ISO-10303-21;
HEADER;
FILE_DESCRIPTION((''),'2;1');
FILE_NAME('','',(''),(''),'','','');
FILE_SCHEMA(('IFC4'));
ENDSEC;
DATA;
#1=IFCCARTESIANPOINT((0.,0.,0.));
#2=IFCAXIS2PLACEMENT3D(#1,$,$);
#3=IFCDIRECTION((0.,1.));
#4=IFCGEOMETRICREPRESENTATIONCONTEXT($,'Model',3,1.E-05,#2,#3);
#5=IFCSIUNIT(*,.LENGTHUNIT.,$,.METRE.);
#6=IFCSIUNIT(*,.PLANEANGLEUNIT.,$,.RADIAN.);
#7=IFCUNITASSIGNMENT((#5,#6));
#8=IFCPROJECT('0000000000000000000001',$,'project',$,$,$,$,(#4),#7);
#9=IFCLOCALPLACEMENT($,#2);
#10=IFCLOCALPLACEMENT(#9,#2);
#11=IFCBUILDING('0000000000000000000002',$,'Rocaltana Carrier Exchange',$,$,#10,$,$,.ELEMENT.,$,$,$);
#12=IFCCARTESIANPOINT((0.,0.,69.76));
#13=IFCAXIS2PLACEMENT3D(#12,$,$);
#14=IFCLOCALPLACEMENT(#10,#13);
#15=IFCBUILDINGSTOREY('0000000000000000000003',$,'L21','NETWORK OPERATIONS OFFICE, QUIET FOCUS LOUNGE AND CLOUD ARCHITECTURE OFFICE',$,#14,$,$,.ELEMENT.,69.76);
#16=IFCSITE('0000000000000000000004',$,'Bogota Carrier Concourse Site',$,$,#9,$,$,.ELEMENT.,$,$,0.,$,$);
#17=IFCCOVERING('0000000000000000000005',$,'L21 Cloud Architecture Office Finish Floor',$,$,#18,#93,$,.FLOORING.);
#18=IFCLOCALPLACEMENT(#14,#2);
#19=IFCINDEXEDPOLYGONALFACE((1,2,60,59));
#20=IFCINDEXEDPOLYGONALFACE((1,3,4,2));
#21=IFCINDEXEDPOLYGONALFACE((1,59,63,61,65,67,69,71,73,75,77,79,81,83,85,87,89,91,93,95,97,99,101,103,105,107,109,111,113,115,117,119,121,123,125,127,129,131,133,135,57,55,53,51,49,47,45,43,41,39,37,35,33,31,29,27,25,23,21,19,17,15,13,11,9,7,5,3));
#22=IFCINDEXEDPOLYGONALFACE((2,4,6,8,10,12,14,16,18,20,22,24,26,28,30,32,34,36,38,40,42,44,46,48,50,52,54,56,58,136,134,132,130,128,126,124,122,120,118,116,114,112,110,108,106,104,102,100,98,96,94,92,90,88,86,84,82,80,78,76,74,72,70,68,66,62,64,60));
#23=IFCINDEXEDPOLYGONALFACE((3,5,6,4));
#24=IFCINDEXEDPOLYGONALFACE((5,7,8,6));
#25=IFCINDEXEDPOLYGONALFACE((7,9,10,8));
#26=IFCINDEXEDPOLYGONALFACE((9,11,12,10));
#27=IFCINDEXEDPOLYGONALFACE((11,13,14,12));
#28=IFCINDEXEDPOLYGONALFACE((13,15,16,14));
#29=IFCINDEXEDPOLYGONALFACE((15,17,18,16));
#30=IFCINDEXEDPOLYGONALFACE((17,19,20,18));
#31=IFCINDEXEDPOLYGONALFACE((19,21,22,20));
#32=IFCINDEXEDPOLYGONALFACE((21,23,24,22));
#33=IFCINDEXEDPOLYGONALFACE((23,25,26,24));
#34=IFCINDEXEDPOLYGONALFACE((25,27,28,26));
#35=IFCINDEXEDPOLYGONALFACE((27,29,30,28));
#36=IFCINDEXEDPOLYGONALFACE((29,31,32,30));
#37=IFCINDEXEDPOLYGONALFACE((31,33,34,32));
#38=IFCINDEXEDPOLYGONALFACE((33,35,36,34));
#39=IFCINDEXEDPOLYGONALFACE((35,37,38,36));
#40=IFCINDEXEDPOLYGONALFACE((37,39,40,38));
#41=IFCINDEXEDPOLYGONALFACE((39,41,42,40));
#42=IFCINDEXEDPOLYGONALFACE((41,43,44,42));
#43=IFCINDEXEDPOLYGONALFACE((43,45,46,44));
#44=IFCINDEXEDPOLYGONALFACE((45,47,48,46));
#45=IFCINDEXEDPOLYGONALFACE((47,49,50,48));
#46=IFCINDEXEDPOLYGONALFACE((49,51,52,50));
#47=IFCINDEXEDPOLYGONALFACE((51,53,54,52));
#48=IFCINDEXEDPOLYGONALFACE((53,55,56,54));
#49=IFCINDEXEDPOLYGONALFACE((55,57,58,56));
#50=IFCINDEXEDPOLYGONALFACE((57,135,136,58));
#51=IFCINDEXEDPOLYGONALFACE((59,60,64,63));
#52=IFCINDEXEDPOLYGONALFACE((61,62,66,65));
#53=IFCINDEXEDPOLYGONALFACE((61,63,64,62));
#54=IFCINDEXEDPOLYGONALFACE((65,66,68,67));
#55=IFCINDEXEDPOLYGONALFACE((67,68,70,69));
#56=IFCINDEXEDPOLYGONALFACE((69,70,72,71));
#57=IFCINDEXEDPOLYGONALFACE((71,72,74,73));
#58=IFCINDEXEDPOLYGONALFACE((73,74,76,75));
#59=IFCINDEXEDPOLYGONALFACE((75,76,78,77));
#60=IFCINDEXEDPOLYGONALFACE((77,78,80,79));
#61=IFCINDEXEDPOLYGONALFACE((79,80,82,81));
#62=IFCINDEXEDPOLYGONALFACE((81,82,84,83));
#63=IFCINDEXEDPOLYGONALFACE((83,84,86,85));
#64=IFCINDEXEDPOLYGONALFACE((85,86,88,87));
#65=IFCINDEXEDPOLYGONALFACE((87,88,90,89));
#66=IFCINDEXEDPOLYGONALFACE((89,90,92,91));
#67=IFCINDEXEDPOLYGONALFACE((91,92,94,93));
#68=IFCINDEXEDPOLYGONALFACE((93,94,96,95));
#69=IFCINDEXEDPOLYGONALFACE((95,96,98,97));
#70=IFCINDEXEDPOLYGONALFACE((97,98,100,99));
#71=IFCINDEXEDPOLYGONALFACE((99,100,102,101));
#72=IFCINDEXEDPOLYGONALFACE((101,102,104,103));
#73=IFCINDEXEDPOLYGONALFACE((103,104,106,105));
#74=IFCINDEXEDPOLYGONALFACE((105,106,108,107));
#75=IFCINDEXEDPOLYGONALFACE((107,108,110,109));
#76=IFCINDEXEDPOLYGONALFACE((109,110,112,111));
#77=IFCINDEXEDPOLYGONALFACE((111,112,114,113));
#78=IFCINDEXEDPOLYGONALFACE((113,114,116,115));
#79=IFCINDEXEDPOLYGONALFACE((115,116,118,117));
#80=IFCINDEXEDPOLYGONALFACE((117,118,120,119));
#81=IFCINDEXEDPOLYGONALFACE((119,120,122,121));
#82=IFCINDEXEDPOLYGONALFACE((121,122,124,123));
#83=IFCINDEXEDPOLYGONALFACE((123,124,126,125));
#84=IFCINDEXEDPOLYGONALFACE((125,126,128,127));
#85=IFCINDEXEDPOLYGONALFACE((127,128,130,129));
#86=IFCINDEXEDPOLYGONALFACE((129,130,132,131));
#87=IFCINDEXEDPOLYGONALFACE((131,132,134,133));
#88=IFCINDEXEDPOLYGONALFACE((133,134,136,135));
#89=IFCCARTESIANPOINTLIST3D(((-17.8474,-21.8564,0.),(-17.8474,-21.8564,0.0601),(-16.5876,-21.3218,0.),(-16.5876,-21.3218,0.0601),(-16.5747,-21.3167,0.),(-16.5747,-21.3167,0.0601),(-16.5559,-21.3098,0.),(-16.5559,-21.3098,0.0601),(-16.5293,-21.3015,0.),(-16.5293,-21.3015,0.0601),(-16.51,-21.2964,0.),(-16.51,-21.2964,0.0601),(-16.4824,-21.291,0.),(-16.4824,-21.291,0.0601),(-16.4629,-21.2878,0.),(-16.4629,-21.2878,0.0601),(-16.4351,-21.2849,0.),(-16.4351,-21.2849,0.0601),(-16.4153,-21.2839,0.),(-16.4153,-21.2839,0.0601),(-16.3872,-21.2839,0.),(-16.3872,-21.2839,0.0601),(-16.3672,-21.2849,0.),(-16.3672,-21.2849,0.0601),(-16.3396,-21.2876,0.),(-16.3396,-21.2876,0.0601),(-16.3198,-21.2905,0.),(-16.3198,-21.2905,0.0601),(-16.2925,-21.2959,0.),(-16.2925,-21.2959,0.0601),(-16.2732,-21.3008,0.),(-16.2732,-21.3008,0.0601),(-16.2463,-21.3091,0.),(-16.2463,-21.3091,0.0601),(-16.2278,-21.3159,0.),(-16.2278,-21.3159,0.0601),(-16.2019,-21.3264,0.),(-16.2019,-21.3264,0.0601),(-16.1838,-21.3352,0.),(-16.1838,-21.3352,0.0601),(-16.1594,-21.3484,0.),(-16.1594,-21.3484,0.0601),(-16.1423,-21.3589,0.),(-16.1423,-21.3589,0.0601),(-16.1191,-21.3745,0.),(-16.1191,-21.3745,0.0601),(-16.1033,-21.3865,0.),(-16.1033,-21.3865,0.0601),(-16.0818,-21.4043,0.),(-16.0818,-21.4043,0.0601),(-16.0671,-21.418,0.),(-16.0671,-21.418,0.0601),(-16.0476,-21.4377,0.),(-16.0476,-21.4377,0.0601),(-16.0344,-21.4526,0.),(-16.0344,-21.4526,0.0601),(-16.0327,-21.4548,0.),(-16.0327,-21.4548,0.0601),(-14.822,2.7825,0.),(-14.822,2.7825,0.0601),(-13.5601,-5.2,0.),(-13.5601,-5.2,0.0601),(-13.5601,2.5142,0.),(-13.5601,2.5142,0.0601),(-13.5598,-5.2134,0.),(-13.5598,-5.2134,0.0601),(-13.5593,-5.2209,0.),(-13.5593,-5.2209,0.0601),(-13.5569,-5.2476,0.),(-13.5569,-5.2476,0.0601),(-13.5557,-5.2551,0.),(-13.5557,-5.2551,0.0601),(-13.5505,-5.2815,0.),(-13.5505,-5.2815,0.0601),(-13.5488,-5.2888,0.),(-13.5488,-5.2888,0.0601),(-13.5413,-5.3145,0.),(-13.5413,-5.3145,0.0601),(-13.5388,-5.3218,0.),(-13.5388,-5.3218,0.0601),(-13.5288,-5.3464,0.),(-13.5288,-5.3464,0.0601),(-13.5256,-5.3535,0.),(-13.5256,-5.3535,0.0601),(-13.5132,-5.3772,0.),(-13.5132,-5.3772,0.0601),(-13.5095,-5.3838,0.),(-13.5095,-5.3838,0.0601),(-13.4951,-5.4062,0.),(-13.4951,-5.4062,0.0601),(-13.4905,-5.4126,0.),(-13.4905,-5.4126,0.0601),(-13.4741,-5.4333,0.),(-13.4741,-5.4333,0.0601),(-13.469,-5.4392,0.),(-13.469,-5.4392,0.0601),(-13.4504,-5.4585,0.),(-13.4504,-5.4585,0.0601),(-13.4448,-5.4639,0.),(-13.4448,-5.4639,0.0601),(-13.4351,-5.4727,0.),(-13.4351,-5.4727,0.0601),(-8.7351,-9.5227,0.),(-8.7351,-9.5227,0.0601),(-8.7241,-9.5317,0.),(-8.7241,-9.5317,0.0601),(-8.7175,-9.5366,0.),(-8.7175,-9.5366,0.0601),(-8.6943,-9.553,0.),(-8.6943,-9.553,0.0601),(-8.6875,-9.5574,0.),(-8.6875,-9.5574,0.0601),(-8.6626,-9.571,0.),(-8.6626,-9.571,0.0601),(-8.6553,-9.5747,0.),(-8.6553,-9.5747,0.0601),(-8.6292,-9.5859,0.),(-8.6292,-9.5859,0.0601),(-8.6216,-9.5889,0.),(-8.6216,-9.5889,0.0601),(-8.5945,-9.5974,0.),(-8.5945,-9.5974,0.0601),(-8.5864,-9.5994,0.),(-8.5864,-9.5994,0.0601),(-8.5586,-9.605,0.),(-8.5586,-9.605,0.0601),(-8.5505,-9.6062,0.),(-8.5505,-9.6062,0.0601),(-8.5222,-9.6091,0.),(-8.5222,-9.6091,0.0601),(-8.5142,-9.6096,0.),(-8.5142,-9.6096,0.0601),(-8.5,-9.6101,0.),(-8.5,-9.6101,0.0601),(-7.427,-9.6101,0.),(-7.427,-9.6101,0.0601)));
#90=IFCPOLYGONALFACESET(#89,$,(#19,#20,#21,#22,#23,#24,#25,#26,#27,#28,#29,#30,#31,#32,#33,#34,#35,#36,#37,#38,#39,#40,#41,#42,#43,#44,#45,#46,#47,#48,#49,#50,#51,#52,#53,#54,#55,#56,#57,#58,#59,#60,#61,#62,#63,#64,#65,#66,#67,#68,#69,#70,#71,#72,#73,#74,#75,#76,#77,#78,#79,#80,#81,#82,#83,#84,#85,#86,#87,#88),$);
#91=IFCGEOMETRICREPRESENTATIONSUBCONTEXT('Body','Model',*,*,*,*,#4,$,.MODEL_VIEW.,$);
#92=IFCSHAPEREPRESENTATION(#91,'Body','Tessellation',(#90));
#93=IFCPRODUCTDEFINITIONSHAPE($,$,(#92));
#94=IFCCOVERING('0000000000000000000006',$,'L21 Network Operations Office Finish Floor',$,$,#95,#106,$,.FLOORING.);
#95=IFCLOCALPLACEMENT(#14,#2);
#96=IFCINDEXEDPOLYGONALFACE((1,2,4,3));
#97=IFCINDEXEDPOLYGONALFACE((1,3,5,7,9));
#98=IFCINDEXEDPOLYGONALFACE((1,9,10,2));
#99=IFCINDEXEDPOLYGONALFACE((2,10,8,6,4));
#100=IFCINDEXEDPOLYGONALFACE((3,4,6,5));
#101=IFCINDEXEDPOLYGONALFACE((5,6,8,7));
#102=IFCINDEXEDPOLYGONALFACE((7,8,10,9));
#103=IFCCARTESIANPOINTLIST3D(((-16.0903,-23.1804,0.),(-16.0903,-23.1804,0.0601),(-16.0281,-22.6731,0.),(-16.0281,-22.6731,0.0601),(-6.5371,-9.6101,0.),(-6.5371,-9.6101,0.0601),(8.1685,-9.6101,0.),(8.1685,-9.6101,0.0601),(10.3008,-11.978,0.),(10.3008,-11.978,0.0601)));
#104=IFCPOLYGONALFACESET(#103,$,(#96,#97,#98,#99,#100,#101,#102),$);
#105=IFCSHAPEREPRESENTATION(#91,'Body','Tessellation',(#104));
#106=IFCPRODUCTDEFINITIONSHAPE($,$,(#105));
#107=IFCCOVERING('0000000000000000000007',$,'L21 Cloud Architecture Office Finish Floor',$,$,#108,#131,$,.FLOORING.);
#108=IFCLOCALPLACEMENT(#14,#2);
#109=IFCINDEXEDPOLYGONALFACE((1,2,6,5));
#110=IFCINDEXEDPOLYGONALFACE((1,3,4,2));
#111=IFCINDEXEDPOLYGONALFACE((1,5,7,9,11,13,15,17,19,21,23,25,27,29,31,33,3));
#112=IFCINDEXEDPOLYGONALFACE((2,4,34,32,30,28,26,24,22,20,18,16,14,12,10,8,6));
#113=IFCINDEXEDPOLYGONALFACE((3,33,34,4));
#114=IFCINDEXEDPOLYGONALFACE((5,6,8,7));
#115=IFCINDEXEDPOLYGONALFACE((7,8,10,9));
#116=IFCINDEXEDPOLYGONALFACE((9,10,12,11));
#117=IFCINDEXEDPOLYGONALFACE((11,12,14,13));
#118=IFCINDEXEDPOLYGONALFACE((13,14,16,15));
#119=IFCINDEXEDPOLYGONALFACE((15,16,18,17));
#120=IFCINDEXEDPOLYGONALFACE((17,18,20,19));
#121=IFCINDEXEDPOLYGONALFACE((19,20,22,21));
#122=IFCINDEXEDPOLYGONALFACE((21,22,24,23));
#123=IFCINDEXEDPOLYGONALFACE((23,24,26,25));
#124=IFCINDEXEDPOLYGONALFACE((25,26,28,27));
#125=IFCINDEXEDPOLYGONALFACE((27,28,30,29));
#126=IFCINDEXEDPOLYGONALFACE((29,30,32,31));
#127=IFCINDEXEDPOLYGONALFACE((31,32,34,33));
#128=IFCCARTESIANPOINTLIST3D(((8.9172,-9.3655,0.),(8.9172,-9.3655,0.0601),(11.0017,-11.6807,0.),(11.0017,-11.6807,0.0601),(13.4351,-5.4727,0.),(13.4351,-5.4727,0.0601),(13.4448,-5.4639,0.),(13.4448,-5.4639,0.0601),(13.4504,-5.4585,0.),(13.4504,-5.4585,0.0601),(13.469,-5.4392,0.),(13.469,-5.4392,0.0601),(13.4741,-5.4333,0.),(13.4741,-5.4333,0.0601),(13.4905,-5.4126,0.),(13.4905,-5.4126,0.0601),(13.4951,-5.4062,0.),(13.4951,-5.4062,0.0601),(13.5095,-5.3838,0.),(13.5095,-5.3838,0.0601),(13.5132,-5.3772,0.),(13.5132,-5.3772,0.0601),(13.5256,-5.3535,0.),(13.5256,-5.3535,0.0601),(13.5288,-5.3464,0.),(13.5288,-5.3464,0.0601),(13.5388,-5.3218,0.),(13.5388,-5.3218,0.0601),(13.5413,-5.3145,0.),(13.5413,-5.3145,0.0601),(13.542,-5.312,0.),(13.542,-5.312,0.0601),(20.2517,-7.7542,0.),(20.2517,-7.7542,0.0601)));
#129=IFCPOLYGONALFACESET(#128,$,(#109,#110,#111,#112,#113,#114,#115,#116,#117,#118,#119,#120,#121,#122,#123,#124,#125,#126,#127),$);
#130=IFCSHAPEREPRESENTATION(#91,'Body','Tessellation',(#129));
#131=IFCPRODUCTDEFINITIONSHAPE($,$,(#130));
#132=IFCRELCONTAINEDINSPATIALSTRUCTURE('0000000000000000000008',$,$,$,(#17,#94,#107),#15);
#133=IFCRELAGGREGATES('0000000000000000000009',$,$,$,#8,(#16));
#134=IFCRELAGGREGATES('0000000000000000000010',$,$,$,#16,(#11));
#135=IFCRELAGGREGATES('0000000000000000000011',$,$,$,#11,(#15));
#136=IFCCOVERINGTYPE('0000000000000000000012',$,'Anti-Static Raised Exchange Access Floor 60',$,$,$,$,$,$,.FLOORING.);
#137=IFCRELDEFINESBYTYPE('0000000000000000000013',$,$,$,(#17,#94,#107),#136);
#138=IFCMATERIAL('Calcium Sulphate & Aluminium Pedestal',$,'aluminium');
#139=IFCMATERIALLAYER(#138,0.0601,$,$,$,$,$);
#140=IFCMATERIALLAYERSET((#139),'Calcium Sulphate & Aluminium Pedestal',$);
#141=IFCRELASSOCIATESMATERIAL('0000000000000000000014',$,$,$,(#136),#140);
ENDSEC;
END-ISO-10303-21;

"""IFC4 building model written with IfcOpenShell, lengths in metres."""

from ifc_helpers import new_model, si_unit, direction, frame, origin, place, context, subcontext, project, spatial, polyline, outline, extrude, material, layer, layer_set, type_object, element, save


model = new_model("IFC4")

# Units and contexts
model_context = context("Model", 3, precision=1e-05, world=origin(), true_north=direction((0.0, 1.0)))
body_context = subcontext(model_context, "Body", "Model", "MODEL_VIEW")
ifc_project = project(units=[si_unit("LENGTHUNIT", "METRE"), si_unit("PLANEANGLEUNIT", "RADIAN")], contexts=[model_context])

# Site, building, storey
site_placement = place(None, origin())
site = spatial("IfcSite", under=ifc_project, at=site_placement, Name="Bogota Carrier Concourse Site", CompositionType="ELEMENT", RefElevation=0.0)
building_placement = place(site_placement, origin())
building = spatial("IfcBuilding", under=site, at=building_placement, Name="Rocaltana Carrier Exchange", CompositionType="ELEMENT")
storey_placement = place(building_placement, frame((0.0, 0.0, 69.76)))
storey = spatial("IfcBuildingStorey", under=building, at=storey_placement, Name="L21", Description="NETWORK OPERATIONS OFFICE, QUIET FOCUS LOUNGE AND CLOUD ARCHITECTURE OFFICE", CompositionType="ELEMENT", Elevation=69.76)

# Coverings
ifc_material_1 = material(Name="Calcium Sulphate & Aluminium Pedestal", Category="aluminium")
ifc_layer_1 = layer(ifc_material_1, 0.0601)
ifc_layer_set_1 = layer_set([ifc_layer_1], Name="Calcium Sulphate & Aluminium Pedestal")
covering_type_1 = type_object("IfcCoveringType", Name="Anti-Static Raised Exchange Access Floor 60", PredefinedType="FLOORING", material=ifc_layer_set_1)
covering_1_placement = place(storey_placement, origin())
element("IfcCovering", 1, at=covering_1_placement, inside=storey, type_object=covering_type_1, Name="L21 Cloud Architecture Office Finish Floor", PredefinedType="FLOORING", context=body_context, shape_type="SweptSolid", body=[
    extrude(outline(polyline([(-16.0327, -21.4548), (-16.0344, -21.4526), (-16.0476, -21.4377), (-16.0671, -21.418), (-16.0818, -21.4043), (-16.1033, -21.3865), (-16.1191, -21.3745), (-16.1423, -21.3589), (-16.1594, -21.3484), (-16.1838, -21.3352), (-16.2019, -21.3264), (-16.2278, -21.3159), (-16.2463, -21.3091), (-16.2732, -21.3008), (-16.2925, -21.2959), (-16.3198, -21.2905), (-16.3396, -21.2876), (-16.3672, -21.2849), (-16.3872, -21.2839), (-16.4153, -21.2839), (-16.4351, -21.2849), (-16.4629, -21.2878), (-16.4824, -21.291), (-16.51, -21.2964), (-16.5293, -21.3015), (-16.5559, -21.3098), (-16.5747, -21.3167), (-16.5876, -21.3218), (-17.8474, -21.8564), (-14.822, 2.7825), (-13.5601, 2.5142), (-13.5601, -5.2), (-13.5598, -5.2134), (-13.5593, -5.2209), (-13.5569, -5.2476), (-13.5557, -5.2551), (-13.5505, -5.2815), (-13.5488, -5.2888), (-13.5413, -5.3145), (-13.5388, -5.3218), (-13.5288, -5.3464), (-13.5256, -5.3535), (-13.5132, -5.3772), (-13.5095, -5.3838), (-13.4951, -5.4062), (-13.4905, -5.4126), (-13.4741, -5.4333), (-13.469, -5.4392), (-13.4504, -5.4585), (-13.4448, -5.4639), (-13.4351, -5.4727), (-8.7351, -9.5227), (-8.7241, -9.5317), (-8.7175, -9.5366), (-8.6943, -9.553), (-8.6875, -9.5574), (-8.6626, -9.571), (-8.6553, -9.5747), (-8.6292, -9.5859), (-8.6216, -9.5889), (-8.5945, -9.5974), (-8.5864, -9.5994), (-8.5586, -9.605), (-8.5505, -9.6062), (-8.5222, -9.6091), (-8.5142, -9.6096), (-8.5, -9.6101), (-7.427, -9.6101), (-16.0327, -21.4548)])), origin(), (0.0, 0.0, 1.0), 0.0601),
])
covering_2_placement = place(storey_placement, origin())
element("IfcCovering", 2, at=covering_2_placement, inside=storey, type_object=covering_type_1, Name="L21 Network Operations Office Finish Floor", PredefinedType="FLOORING", context=body_context, shape_type="SweptSolid", body=[
    extrude(outline(polyline([(-16.0281, -22.6731), (-6.5371, -9.6101), (8.1685, -9.6101), (10.3008, -11.978), (-16.0903, -23.1804), (-16.0281, -22.6731)])), origin(), (0.0, 0.0, 1.0), 0.0601),
])
covering_3_placement = place(storey_placement, origin())
element("IfcCovering", 3, at=covering_3_placement, inside=storey, type_object=covering_type_1, Name="L21 Cloud Architecture Office Finish Floor", PredefinedType="FLOORING", context=body_context, shape_type="SweptSolid", body=[
    extrude(outline(polyline([(8.9172, -9.3655), (13.4351, -5.4727), (13.4448, -5.4639), (13.4504, -5.4585), (13.469, -5.4392), (13.4741, -5.4333), (13.4905, -5.4126), (13.4951, -5.4062), (13.5095, -5.3838), (13.5132, -5.3772), (13.5256, -5.3535), (13.5288, -5.3464), (13.5388, -5.3218), (13.5413, -5.3145), (13.542, -5.312), (20.2517, -7.7542), (11.0017, -11.6807), (8.9172, -9.3655)])), origin(), (0.0, 0.0, 1.0), 0.0601),
])

save(model, "model.ifc")
